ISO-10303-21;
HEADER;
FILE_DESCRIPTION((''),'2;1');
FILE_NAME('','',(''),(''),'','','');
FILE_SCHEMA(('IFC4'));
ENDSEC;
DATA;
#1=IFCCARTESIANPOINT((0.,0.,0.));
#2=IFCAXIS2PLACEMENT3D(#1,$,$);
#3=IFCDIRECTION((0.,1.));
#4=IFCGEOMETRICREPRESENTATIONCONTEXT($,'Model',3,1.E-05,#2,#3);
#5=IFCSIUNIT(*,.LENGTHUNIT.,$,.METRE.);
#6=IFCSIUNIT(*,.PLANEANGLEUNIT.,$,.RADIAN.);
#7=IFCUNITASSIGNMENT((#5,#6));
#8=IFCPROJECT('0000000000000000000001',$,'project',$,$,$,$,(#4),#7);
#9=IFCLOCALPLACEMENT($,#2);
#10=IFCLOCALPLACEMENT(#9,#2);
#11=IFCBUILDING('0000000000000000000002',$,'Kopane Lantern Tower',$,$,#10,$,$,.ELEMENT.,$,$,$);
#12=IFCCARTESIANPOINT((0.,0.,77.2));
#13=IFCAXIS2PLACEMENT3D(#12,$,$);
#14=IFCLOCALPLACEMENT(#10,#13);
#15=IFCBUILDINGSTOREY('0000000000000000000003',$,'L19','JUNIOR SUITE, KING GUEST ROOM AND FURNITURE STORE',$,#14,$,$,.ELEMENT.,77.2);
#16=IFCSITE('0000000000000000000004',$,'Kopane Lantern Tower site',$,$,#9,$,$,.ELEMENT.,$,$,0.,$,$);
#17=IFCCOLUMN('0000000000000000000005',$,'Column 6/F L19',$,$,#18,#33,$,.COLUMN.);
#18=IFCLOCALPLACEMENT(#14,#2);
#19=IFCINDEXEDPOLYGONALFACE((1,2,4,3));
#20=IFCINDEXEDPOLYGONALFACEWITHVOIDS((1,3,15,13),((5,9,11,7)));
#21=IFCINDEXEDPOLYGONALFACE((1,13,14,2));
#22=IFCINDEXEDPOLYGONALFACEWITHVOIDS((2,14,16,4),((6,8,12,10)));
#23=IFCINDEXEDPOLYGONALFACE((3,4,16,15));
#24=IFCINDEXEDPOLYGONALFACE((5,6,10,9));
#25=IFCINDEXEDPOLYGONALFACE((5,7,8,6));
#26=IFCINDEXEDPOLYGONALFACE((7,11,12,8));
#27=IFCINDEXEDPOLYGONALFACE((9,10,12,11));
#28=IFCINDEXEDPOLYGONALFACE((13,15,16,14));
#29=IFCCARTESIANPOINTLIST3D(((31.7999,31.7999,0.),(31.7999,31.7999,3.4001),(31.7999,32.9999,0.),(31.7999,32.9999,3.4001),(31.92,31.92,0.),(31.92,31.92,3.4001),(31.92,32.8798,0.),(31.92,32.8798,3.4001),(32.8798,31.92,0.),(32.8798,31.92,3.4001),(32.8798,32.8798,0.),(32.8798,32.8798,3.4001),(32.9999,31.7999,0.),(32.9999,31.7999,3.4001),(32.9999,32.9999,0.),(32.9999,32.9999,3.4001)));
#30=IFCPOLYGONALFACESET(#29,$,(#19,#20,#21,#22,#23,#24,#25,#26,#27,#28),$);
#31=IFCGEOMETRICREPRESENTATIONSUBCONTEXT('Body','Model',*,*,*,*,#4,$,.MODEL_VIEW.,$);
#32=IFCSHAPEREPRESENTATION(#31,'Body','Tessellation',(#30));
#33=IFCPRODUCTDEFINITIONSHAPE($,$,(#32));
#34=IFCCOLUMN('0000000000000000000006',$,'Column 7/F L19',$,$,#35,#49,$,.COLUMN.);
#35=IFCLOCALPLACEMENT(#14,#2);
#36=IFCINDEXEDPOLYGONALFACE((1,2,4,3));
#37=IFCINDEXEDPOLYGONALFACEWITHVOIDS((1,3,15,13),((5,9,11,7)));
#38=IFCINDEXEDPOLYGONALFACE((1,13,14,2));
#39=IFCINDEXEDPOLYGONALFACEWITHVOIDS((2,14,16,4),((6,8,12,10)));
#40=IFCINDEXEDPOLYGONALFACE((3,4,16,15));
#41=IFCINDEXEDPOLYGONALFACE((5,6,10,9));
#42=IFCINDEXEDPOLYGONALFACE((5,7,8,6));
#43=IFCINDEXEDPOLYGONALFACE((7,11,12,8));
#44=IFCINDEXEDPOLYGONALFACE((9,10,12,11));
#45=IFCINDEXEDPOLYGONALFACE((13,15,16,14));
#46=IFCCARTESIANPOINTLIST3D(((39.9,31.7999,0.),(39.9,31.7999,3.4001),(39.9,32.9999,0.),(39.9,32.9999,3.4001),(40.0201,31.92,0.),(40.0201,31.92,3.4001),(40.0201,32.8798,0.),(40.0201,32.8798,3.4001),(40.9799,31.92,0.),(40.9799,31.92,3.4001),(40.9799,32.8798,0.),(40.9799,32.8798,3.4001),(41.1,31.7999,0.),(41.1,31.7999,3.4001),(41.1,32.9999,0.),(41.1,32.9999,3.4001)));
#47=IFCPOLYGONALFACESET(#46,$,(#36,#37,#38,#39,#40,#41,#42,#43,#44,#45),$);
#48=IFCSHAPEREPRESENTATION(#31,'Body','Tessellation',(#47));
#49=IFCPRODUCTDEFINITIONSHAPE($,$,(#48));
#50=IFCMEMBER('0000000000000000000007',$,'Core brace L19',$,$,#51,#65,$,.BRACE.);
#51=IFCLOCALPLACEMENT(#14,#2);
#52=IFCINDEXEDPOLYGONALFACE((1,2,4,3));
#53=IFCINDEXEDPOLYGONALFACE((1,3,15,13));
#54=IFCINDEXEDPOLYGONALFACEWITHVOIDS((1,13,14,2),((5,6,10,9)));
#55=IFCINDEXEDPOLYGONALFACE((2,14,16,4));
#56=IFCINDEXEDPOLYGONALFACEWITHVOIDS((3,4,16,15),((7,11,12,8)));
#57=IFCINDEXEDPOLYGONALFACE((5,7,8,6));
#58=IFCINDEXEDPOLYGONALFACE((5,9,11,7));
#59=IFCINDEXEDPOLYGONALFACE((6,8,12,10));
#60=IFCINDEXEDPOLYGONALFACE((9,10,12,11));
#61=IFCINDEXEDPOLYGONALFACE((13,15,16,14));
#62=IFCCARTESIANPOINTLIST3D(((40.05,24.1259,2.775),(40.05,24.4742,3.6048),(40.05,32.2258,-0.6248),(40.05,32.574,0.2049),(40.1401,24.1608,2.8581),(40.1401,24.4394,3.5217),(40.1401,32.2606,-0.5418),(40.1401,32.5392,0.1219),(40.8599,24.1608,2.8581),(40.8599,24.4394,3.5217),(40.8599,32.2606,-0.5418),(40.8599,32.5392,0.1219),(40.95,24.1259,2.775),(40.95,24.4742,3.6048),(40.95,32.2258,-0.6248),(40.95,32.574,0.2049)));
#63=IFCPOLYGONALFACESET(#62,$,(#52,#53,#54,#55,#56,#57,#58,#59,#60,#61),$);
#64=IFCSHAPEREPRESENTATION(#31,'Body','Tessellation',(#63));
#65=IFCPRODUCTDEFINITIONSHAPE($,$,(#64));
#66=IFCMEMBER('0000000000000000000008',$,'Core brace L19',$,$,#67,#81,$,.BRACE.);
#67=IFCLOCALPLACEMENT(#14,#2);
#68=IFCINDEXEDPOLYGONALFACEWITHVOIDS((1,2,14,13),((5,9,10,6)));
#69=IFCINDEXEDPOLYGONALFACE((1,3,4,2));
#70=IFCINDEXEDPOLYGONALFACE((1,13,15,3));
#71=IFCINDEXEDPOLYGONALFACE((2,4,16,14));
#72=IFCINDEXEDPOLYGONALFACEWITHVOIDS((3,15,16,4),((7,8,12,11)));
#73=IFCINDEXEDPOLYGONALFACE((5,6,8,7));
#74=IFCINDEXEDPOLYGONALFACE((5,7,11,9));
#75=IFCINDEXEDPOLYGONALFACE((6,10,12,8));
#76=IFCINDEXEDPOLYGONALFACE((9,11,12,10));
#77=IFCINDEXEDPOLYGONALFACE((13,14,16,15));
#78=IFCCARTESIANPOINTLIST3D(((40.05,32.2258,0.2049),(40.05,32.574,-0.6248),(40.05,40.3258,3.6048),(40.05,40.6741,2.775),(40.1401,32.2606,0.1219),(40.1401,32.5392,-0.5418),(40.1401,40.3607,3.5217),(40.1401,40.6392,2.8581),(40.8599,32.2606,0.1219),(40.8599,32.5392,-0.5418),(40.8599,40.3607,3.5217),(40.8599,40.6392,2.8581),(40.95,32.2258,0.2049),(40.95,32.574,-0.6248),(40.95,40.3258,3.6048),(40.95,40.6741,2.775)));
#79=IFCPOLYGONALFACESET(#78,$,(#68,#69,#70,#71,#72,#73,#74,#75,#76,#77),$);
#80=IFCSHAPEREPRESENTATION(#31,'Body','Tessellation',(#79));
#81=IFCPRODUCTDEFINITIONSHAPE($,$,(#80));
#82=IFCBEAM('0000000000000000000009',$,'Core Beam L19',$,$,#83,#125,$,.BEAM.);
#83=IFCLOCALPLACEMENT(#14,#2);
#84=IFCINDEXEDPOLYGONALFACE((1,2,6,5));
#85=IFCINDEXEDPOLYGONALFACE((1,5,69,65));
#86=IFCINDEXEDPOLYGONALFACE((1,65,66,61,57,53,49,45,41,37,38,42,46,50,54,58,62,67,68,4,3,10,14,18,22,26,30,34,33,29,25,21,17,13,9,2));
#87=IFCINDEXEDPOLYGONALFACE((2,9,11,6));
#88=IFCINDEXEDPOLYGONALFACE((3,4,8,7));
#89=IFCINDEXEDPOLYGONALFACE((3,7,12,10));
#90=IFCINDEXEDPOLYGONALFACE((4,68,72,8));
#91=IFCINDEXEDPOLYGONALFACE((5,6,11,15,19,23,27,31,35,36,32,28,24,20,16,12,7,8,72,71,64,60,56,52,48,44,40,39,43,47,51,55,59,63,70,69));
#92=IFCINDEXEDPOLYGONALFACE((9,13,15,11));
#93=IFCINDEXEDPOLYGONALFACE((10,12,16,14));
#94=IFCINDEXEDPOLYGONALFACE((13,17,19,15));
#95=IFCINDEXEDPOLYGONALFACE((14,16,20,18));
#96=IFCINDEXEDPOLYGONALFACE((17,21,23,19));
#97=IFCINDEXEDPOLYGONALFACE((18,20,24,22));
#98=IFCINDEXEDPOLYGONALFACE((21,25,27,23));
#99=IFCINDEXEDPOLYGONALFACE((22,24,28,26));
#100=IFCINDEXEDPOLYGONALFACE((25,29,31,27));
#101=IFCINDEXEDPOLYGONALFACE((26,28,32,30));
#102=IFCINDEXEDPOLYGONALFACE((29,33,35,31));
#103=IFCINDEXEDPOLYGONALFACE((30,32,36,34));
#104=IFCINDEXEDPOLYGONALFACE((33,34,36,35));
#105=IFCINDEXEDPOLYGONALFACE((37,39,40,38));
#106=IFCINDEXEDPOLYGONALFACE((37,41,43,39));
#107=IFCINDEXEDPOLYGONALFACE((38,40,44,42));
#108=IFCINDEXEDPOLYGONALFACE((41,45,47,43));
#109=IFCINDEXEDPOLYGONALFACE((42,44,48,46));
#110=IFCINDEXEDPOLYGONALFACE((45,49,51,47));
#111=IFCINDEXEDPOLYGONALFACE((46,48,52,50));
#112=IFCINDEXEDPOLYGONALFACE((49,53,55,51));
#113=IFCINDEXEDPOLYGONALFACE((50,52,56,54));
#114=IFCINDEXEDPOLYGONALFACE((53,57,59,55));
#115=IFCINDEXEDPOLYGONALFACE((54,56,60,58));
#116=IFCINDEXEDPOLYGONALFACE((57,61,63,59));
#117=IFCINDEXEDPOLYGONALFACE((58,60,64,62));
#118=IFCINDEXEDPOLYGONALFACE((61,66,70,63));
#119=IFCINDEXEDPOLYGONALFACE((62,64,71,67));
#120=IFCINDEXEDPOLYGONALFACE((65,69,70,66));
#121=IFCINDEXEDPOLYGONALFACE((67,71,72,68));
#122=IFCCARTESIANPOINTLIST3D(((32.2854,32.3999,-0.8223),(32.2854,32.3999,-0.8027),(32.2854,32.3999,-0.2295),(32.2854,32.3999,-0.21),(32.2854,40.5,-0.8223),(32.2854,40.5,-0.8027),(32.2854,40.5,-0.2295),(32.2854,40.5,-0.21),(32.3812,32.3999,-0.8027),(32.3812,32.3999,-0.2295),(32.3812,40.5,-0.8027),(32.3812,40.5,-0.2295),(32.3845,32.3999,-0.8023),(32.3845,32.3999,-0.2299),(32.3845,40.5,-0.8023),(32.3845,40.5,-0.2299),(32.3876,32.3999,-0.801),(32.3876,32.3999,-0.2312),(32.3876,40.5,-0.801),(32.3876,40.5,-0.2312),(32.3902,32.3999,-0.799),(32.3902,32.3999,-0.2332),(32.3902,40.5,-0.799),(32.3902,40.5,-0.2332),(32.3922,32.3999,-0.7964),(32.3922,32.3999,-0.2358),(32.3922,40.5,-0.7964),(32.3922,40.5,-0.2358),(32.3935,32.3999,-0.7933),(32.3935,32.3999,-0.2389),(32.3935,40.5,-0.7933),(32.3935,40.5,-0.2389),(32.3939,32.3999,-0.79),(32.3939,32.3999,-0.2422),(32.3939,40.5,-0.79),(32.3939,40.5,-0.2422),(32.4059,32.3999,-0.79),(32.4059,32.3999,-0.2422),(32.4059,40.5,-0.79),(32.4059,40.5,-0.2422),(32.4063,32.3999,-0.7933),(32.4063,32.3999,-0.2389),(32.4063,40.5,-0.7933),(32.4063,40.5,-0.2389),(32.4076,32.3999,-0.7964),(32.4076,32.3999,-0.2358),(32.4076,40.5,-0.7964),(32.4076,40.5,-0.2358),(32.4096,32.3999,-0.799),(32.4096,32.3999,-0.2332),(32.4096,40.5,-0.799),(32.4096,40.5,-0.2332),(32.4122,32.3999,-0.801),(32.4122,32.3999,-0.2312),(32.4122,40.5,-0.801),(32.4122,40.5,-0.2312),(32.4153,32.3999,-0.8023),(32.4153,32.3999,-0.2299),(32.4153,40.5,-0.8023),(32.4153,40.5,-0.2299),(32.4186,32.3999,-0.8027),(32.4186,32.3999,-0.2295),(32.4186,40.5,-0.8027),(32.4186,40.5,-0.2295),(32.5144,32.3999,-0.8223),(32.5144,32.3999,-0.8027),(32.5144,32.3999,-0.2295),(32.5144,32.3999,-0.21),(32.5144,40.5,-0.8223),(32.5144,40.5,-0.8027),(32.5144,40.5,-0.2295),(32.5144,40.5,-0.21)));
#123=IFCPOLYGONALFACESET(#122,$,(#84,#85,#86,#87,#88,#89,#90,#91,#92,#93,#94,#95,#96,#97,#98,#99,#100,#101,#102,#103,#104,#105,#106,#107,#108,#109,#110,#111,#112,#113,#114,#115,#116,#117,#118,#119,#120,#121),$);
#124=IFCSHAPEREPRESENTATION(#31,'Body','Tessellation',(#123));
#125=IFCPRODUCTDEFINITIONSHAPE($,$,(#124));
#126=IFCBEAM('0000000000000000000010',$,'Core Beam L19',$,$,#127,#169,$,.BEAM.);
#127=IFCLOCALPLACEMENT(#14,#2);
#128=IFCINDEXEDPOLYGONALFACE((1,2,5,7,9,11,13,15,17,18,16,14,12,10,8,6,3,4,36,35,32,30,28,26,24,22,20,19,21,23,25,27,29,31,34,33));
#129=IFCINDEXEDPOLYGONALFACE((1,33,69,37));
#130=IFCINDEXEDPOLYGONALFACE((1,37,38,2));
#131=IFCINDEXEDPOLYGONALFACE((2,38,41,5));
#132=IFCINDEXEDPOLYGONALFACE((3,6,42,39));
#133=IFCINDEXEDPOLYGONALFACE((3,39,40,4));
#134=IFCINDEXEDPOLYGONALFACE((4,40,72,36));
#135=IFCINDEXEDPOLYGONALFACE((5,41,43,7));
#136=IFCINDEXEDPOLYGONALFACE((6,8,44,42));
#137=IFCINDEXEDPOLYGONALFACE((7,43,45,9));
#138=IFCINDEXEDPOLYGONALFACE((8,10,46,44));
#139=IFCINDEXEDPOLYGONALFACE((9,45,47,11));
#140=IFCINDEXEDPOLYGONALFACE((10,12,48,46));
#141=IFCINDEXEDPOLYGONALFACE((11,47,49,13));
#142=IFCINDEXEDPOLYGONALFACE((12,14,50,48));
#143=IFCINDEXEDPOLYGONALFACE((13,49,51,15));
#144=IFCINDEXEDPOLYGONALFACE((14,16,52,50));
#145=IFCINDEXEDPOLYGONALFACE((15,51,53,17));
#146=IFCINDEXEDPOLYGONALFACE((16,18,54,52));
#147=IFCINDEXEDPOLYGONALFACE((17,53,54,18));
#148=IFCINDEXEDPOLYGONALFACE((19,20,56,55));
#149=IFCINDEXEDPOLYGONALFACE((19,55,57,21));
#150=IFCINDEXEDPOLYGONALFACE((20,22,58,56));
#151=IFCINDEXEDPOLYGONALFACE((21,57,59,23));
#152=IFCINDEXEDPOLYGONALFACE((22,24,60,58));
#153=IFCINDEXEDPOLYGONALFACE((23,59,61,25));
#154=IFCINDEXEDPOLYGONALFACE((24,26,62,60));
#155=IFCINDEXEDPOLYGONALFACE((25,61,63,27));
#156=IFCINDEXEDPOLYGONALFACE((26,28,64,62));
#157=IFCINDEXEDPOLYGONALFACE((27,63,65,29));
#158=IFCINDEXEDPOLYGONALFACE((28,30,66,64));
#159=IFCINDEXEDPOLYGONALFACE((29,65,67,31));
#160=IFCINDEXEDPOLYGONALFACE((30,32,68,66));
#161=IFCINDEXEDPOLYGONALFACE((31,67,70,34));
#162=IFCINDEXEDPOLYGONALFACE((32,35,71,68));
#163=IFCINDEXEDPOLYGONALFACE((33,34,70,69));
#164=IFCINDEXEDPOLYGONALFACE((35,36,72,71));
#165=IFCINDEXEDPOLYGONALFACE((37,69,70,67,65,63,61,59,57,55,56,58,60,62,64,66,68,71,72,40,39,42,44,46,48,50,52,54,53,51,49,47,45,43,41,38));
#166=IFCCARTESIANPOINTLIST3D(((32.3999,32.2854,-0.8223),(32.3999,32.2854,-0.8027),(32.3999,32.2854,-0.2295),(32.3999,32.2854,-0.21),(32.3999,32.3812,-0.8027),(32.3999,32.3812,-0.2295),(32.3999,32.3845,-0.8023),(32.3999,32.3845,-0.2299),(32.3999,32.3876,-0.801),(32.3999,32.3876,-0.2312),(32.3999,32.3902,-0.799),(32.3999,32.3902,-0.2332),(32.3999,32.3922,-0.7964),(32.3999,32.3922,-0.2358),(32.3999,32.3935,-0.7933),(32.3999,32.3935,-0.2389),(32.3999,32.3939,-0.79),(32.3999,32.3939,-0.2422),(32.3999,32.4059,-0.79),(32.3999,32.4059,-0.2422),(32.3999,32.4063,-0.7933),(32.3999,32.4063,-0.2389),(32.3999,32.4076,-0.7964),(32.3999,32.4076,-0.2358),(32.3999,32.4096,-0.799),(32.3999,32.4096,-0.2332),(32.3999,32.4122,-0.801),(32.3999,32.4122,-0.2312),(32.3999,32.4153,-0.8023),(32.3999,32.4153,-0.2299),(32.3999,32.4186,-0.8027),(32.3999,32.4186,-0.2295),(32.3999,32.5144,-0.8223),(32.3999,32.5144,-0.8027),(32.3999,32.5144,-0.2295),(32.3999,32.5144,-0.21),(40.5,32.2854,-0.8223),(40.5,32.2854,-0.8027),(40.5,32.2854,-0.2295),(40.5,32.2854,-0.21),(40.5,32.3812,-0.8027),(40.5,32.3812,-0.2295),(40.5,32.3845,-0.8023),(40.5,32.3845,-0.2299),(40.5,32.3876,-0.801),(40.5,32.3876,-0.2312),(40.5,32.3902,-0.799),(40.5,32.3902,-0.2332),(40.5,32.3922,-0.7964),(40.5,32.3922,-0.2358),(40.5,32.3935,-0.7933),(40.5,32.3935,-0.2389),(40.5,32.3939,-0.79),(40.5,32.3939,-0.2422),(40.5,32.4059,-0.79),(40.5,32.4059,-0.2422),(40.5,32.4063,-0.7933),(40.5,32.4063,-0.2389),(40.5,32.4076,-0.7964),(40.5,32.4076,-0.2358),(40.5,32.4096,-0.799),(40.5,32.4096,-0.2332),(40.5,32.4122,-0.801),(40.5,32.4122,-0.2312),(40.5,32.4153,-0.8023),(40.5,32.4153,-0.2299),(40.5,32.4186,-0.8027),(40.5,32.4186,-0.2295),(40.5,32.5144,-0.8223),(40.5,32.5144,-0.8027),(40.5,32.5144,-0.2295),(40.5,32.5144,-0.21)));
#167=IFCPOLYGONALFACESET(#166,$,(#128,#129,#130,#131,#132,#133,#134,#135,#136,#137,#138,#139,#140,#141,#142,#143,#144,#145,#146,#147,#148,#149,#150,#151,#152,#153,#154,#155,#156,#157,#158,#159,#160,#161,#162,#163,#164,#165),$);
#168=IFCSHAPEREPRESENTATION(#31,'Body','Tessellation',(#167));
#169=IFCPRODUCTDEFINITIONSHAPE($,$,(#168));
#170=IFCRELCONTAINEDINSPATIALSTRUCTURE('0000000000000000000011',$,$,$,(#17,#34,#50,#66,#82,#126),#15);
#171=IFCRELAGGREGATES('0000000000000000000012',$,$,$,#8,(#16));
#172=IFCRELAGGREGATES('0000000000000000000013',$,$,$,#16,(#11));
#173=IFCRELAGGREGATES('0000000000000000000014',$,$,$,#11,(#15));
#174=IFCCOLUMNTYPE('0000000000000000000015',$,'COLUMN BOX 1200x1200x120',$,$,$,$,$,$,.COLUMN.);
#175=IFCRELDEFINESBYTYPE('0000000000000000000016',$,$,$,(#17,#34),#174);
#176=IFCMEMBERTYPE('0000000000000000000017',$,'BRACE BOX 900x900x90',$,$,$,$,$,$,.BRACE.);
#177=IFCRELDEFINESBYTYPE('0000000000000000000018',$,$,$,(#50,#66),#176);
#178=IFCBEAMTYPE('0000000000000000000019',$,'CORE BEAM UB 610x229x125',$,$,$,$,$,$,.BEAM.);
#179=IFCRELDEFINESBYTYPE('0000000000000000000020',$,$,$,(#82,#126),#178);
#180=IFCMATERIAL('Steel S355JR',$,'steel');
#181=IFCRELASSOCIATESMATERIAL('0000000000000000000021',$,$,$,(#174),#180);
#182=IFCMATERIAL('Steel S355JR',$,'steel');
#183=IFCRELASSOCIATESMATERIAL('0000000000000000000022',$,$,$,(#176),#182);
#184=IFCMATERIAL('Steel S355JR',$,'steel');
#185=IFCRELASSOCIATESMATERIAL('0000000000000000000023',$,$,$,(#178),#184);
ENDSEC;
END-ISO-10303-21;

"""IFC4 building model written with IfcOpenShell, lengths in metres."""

from ifc_helpers import new_model, si_unit, direction, frame, origin, origin_2d, place, context, subcontext, project, spatial, hollow_rectangle, i_section, extrude, material, material_profile, profile_set, type_object, element, save


model = new_model("IFC4")

# Units and contexts
model_context = context("Model", 3, precision=1e-05, world=origin(), true_north=direction((0.0, 1.0)))
body_context = subcontext(model_context, "Body", "Model", "MODEL_VIEW")
ifc_project = project(units=[si_unit("LENGTHUNIT", "METRE"), si_unit("PLANEANGLEUNIT", "RADIAN")], contexts=[model_context])

# Site, building, storey
site_placement = place(None, origin())
site = spatial("IfcSite", under=ifc_project, at=site_placement, Name="Kopane Lantern Tower site", CompositionType="ELEMENT", RefElevation=0.0)
building_placement = place(site_placement, origin())
building = spatial("IfcBuilding", under=site, at=building_placement, Name="Kopane Lantern Tower", CompositionType="ELEMENT")
storey_placement = place(building_placement, frame((0.0, 0.0, 77.2)))
storey = spatial("IfcBuildingStorey", under=building, at=storey_placement, Name="L19", Description="JUNIOR SUITE, KING GUEST ROOM AND FURNITURE STORE", CompositionType="ELEMENT", Elevation=77.2)

# Columns
ifc_material_1 = material(Name="Steel S355JR", Category="steel")
ifc_material_profile_1 = material_profile(ifc_material_1, hollow_rectangle(XDim=1.2, YDim=1.2, WallThickness=0.1201, at=origin_2d()), Name="BOX 1200x1200x120")
ifc_profile_set_1 = profile_set([ifc_material_profile_1], Name="Steel S355JR")
column_type = type_object("IfcColumnType", Name="COLUMN BOX 1200x1200x120", PredefinedType="COLUMN", material=ifc_profile_set_1)
for number, where, z_axis, x_axis, name in (
    (1, (32.3999, 32.3999, 0.0), (0.0, 0.0, 1.0), (1.0, 0.0, 0.0), "Column 6/F L19"),
    (2, (40.5, 32.3999, 0.0), (0.0, 0.0, 1.0), (1.0, 0.0, 0.0), "Column 7/F L19"),
):
    element("IfcColumn", number, at=place(storey_placement, frame(where, z_axis=z_axis, x_axis=x_axis)), inside=storey, type_object=column_type, Name=name, PredefinedType="COLUMN", context=body_context, shape_type="SweptSolid", body=[
        extrude(hollow_rectangle(XDim=1.2, YDim=1.2, WallThickness=0.1201, at=origin_2d()), origin(), (0.0, 0.0, 1.0), 3.4001),
    ])

# Members
ifc_material_2 = material(Name="Steel S355JR", Category="steel")
ifc_material_profile_2 = material_profile(ifc_material_2, hollow_rectangle(XDim=0.8999, YDim=0.8999, WallThickness=0.0901, at=origin_2d()), Name="BOX 900x900x90")
ifc_profile_set_2 = profile_set([ifc_material_profile_2], Name="Steel S355JR")
member_type = type_object("IfcMemberType", Name="BRACE BOX 900x900x90", PredefinedType="BRACE", material=ifc_profile_set_2)
member_1_placement = place(storey_placement, frame((40.5, 32.3999, -0.21), z_axis=(0.0, -0.922065, 0.387035), x_axis=(1.0, 0.0, 0.0)))
element("IfcMember", 3, at=member_1_placement, inside=storey, type_object=member_type, Name="Core brace L19", PredefinedType="BRACE", context=body_context, shape_type="SweptSolid", body=[
    extrude(hollow_rectangle(XDim=0.8999, YDim=0.8999, WallThickness=0.0901, at=origin_2d()), origin(), (0.0, 0.0, 1.0), 8.7844),
])
member_2_placement = place(storey_placement, frame((40.5, 32.3999, -0.21), z_axis=(0.0, 0.922069, 0.387026), x_axis=(-1.0, 0.0, 0.0)))
element("IfcMember", 4, at=member_2_placement, inside=storey, type_object=member_type, Name="Core brace L19", PredefinedType="BRACE", context=body_context, shape_type="SweptSolid", body=[
    extrude(hollow_rectangle(XDim=0.8999, YDim=0.8999, WallThickness=0.0901, at=origin_2d()), origin(), (0.0, 0.0, 1.0), 8.7847),
])

# Beams
ifc_material_3 = material(Name="Steel S355JR", Category="steel")
ifc_material_profile_3 = material_profile(ifc_material_3, i_section(OverallWidth=0.229, OverallDepth=0.6123, WebThickness=0.012, FlangeThickness=0.0195, FilletRadius=0.0127, at=origin_2d()), Name="UB 610x229x125")
ifc_profile_set_3 = profile_set([ifc_material_profile_3], Name="Steel S355JR")
beam_type_1 = type_object("IfcBeamType", Name="CORE BEAM UB 610x229x125", PredefinedType="BEAM", material=ifc_profile_set_3)
for number, where, z_axis, x_axis, name in (
    (5, (32.3999, 32.3999, -0.5161), (0.0, 1.0, 0.0), (-1.0, 0.0, 0.0), "Core Beam L19"),
    (6, (32.3999, 32.3999, -0.5161), (1.0, 0.0, 0.0), (0.0, 1.0, 0.0), "Core Beam L19"),
):
    element("IfcBeam", number, at=place(storey_placement, frame(where, z_axis=z_axis, x_axis=x_axis)), inside=storey, type_object=beam_type_1, Name=name, PredefinedType="BEAM", context=body_context, shape_type="SweptSolid", body=[
        extrude(i_section(OverallWidth=0.229, OverallDepth=0.6123, WebThickness=0.012, FlangeThickness=0.0195, FilletRadius=0.0127, at=origin_2d()), origin(), (0.0, 0.0, 1.0), 8.1001),
    ])

save(model, "model.ifc")
